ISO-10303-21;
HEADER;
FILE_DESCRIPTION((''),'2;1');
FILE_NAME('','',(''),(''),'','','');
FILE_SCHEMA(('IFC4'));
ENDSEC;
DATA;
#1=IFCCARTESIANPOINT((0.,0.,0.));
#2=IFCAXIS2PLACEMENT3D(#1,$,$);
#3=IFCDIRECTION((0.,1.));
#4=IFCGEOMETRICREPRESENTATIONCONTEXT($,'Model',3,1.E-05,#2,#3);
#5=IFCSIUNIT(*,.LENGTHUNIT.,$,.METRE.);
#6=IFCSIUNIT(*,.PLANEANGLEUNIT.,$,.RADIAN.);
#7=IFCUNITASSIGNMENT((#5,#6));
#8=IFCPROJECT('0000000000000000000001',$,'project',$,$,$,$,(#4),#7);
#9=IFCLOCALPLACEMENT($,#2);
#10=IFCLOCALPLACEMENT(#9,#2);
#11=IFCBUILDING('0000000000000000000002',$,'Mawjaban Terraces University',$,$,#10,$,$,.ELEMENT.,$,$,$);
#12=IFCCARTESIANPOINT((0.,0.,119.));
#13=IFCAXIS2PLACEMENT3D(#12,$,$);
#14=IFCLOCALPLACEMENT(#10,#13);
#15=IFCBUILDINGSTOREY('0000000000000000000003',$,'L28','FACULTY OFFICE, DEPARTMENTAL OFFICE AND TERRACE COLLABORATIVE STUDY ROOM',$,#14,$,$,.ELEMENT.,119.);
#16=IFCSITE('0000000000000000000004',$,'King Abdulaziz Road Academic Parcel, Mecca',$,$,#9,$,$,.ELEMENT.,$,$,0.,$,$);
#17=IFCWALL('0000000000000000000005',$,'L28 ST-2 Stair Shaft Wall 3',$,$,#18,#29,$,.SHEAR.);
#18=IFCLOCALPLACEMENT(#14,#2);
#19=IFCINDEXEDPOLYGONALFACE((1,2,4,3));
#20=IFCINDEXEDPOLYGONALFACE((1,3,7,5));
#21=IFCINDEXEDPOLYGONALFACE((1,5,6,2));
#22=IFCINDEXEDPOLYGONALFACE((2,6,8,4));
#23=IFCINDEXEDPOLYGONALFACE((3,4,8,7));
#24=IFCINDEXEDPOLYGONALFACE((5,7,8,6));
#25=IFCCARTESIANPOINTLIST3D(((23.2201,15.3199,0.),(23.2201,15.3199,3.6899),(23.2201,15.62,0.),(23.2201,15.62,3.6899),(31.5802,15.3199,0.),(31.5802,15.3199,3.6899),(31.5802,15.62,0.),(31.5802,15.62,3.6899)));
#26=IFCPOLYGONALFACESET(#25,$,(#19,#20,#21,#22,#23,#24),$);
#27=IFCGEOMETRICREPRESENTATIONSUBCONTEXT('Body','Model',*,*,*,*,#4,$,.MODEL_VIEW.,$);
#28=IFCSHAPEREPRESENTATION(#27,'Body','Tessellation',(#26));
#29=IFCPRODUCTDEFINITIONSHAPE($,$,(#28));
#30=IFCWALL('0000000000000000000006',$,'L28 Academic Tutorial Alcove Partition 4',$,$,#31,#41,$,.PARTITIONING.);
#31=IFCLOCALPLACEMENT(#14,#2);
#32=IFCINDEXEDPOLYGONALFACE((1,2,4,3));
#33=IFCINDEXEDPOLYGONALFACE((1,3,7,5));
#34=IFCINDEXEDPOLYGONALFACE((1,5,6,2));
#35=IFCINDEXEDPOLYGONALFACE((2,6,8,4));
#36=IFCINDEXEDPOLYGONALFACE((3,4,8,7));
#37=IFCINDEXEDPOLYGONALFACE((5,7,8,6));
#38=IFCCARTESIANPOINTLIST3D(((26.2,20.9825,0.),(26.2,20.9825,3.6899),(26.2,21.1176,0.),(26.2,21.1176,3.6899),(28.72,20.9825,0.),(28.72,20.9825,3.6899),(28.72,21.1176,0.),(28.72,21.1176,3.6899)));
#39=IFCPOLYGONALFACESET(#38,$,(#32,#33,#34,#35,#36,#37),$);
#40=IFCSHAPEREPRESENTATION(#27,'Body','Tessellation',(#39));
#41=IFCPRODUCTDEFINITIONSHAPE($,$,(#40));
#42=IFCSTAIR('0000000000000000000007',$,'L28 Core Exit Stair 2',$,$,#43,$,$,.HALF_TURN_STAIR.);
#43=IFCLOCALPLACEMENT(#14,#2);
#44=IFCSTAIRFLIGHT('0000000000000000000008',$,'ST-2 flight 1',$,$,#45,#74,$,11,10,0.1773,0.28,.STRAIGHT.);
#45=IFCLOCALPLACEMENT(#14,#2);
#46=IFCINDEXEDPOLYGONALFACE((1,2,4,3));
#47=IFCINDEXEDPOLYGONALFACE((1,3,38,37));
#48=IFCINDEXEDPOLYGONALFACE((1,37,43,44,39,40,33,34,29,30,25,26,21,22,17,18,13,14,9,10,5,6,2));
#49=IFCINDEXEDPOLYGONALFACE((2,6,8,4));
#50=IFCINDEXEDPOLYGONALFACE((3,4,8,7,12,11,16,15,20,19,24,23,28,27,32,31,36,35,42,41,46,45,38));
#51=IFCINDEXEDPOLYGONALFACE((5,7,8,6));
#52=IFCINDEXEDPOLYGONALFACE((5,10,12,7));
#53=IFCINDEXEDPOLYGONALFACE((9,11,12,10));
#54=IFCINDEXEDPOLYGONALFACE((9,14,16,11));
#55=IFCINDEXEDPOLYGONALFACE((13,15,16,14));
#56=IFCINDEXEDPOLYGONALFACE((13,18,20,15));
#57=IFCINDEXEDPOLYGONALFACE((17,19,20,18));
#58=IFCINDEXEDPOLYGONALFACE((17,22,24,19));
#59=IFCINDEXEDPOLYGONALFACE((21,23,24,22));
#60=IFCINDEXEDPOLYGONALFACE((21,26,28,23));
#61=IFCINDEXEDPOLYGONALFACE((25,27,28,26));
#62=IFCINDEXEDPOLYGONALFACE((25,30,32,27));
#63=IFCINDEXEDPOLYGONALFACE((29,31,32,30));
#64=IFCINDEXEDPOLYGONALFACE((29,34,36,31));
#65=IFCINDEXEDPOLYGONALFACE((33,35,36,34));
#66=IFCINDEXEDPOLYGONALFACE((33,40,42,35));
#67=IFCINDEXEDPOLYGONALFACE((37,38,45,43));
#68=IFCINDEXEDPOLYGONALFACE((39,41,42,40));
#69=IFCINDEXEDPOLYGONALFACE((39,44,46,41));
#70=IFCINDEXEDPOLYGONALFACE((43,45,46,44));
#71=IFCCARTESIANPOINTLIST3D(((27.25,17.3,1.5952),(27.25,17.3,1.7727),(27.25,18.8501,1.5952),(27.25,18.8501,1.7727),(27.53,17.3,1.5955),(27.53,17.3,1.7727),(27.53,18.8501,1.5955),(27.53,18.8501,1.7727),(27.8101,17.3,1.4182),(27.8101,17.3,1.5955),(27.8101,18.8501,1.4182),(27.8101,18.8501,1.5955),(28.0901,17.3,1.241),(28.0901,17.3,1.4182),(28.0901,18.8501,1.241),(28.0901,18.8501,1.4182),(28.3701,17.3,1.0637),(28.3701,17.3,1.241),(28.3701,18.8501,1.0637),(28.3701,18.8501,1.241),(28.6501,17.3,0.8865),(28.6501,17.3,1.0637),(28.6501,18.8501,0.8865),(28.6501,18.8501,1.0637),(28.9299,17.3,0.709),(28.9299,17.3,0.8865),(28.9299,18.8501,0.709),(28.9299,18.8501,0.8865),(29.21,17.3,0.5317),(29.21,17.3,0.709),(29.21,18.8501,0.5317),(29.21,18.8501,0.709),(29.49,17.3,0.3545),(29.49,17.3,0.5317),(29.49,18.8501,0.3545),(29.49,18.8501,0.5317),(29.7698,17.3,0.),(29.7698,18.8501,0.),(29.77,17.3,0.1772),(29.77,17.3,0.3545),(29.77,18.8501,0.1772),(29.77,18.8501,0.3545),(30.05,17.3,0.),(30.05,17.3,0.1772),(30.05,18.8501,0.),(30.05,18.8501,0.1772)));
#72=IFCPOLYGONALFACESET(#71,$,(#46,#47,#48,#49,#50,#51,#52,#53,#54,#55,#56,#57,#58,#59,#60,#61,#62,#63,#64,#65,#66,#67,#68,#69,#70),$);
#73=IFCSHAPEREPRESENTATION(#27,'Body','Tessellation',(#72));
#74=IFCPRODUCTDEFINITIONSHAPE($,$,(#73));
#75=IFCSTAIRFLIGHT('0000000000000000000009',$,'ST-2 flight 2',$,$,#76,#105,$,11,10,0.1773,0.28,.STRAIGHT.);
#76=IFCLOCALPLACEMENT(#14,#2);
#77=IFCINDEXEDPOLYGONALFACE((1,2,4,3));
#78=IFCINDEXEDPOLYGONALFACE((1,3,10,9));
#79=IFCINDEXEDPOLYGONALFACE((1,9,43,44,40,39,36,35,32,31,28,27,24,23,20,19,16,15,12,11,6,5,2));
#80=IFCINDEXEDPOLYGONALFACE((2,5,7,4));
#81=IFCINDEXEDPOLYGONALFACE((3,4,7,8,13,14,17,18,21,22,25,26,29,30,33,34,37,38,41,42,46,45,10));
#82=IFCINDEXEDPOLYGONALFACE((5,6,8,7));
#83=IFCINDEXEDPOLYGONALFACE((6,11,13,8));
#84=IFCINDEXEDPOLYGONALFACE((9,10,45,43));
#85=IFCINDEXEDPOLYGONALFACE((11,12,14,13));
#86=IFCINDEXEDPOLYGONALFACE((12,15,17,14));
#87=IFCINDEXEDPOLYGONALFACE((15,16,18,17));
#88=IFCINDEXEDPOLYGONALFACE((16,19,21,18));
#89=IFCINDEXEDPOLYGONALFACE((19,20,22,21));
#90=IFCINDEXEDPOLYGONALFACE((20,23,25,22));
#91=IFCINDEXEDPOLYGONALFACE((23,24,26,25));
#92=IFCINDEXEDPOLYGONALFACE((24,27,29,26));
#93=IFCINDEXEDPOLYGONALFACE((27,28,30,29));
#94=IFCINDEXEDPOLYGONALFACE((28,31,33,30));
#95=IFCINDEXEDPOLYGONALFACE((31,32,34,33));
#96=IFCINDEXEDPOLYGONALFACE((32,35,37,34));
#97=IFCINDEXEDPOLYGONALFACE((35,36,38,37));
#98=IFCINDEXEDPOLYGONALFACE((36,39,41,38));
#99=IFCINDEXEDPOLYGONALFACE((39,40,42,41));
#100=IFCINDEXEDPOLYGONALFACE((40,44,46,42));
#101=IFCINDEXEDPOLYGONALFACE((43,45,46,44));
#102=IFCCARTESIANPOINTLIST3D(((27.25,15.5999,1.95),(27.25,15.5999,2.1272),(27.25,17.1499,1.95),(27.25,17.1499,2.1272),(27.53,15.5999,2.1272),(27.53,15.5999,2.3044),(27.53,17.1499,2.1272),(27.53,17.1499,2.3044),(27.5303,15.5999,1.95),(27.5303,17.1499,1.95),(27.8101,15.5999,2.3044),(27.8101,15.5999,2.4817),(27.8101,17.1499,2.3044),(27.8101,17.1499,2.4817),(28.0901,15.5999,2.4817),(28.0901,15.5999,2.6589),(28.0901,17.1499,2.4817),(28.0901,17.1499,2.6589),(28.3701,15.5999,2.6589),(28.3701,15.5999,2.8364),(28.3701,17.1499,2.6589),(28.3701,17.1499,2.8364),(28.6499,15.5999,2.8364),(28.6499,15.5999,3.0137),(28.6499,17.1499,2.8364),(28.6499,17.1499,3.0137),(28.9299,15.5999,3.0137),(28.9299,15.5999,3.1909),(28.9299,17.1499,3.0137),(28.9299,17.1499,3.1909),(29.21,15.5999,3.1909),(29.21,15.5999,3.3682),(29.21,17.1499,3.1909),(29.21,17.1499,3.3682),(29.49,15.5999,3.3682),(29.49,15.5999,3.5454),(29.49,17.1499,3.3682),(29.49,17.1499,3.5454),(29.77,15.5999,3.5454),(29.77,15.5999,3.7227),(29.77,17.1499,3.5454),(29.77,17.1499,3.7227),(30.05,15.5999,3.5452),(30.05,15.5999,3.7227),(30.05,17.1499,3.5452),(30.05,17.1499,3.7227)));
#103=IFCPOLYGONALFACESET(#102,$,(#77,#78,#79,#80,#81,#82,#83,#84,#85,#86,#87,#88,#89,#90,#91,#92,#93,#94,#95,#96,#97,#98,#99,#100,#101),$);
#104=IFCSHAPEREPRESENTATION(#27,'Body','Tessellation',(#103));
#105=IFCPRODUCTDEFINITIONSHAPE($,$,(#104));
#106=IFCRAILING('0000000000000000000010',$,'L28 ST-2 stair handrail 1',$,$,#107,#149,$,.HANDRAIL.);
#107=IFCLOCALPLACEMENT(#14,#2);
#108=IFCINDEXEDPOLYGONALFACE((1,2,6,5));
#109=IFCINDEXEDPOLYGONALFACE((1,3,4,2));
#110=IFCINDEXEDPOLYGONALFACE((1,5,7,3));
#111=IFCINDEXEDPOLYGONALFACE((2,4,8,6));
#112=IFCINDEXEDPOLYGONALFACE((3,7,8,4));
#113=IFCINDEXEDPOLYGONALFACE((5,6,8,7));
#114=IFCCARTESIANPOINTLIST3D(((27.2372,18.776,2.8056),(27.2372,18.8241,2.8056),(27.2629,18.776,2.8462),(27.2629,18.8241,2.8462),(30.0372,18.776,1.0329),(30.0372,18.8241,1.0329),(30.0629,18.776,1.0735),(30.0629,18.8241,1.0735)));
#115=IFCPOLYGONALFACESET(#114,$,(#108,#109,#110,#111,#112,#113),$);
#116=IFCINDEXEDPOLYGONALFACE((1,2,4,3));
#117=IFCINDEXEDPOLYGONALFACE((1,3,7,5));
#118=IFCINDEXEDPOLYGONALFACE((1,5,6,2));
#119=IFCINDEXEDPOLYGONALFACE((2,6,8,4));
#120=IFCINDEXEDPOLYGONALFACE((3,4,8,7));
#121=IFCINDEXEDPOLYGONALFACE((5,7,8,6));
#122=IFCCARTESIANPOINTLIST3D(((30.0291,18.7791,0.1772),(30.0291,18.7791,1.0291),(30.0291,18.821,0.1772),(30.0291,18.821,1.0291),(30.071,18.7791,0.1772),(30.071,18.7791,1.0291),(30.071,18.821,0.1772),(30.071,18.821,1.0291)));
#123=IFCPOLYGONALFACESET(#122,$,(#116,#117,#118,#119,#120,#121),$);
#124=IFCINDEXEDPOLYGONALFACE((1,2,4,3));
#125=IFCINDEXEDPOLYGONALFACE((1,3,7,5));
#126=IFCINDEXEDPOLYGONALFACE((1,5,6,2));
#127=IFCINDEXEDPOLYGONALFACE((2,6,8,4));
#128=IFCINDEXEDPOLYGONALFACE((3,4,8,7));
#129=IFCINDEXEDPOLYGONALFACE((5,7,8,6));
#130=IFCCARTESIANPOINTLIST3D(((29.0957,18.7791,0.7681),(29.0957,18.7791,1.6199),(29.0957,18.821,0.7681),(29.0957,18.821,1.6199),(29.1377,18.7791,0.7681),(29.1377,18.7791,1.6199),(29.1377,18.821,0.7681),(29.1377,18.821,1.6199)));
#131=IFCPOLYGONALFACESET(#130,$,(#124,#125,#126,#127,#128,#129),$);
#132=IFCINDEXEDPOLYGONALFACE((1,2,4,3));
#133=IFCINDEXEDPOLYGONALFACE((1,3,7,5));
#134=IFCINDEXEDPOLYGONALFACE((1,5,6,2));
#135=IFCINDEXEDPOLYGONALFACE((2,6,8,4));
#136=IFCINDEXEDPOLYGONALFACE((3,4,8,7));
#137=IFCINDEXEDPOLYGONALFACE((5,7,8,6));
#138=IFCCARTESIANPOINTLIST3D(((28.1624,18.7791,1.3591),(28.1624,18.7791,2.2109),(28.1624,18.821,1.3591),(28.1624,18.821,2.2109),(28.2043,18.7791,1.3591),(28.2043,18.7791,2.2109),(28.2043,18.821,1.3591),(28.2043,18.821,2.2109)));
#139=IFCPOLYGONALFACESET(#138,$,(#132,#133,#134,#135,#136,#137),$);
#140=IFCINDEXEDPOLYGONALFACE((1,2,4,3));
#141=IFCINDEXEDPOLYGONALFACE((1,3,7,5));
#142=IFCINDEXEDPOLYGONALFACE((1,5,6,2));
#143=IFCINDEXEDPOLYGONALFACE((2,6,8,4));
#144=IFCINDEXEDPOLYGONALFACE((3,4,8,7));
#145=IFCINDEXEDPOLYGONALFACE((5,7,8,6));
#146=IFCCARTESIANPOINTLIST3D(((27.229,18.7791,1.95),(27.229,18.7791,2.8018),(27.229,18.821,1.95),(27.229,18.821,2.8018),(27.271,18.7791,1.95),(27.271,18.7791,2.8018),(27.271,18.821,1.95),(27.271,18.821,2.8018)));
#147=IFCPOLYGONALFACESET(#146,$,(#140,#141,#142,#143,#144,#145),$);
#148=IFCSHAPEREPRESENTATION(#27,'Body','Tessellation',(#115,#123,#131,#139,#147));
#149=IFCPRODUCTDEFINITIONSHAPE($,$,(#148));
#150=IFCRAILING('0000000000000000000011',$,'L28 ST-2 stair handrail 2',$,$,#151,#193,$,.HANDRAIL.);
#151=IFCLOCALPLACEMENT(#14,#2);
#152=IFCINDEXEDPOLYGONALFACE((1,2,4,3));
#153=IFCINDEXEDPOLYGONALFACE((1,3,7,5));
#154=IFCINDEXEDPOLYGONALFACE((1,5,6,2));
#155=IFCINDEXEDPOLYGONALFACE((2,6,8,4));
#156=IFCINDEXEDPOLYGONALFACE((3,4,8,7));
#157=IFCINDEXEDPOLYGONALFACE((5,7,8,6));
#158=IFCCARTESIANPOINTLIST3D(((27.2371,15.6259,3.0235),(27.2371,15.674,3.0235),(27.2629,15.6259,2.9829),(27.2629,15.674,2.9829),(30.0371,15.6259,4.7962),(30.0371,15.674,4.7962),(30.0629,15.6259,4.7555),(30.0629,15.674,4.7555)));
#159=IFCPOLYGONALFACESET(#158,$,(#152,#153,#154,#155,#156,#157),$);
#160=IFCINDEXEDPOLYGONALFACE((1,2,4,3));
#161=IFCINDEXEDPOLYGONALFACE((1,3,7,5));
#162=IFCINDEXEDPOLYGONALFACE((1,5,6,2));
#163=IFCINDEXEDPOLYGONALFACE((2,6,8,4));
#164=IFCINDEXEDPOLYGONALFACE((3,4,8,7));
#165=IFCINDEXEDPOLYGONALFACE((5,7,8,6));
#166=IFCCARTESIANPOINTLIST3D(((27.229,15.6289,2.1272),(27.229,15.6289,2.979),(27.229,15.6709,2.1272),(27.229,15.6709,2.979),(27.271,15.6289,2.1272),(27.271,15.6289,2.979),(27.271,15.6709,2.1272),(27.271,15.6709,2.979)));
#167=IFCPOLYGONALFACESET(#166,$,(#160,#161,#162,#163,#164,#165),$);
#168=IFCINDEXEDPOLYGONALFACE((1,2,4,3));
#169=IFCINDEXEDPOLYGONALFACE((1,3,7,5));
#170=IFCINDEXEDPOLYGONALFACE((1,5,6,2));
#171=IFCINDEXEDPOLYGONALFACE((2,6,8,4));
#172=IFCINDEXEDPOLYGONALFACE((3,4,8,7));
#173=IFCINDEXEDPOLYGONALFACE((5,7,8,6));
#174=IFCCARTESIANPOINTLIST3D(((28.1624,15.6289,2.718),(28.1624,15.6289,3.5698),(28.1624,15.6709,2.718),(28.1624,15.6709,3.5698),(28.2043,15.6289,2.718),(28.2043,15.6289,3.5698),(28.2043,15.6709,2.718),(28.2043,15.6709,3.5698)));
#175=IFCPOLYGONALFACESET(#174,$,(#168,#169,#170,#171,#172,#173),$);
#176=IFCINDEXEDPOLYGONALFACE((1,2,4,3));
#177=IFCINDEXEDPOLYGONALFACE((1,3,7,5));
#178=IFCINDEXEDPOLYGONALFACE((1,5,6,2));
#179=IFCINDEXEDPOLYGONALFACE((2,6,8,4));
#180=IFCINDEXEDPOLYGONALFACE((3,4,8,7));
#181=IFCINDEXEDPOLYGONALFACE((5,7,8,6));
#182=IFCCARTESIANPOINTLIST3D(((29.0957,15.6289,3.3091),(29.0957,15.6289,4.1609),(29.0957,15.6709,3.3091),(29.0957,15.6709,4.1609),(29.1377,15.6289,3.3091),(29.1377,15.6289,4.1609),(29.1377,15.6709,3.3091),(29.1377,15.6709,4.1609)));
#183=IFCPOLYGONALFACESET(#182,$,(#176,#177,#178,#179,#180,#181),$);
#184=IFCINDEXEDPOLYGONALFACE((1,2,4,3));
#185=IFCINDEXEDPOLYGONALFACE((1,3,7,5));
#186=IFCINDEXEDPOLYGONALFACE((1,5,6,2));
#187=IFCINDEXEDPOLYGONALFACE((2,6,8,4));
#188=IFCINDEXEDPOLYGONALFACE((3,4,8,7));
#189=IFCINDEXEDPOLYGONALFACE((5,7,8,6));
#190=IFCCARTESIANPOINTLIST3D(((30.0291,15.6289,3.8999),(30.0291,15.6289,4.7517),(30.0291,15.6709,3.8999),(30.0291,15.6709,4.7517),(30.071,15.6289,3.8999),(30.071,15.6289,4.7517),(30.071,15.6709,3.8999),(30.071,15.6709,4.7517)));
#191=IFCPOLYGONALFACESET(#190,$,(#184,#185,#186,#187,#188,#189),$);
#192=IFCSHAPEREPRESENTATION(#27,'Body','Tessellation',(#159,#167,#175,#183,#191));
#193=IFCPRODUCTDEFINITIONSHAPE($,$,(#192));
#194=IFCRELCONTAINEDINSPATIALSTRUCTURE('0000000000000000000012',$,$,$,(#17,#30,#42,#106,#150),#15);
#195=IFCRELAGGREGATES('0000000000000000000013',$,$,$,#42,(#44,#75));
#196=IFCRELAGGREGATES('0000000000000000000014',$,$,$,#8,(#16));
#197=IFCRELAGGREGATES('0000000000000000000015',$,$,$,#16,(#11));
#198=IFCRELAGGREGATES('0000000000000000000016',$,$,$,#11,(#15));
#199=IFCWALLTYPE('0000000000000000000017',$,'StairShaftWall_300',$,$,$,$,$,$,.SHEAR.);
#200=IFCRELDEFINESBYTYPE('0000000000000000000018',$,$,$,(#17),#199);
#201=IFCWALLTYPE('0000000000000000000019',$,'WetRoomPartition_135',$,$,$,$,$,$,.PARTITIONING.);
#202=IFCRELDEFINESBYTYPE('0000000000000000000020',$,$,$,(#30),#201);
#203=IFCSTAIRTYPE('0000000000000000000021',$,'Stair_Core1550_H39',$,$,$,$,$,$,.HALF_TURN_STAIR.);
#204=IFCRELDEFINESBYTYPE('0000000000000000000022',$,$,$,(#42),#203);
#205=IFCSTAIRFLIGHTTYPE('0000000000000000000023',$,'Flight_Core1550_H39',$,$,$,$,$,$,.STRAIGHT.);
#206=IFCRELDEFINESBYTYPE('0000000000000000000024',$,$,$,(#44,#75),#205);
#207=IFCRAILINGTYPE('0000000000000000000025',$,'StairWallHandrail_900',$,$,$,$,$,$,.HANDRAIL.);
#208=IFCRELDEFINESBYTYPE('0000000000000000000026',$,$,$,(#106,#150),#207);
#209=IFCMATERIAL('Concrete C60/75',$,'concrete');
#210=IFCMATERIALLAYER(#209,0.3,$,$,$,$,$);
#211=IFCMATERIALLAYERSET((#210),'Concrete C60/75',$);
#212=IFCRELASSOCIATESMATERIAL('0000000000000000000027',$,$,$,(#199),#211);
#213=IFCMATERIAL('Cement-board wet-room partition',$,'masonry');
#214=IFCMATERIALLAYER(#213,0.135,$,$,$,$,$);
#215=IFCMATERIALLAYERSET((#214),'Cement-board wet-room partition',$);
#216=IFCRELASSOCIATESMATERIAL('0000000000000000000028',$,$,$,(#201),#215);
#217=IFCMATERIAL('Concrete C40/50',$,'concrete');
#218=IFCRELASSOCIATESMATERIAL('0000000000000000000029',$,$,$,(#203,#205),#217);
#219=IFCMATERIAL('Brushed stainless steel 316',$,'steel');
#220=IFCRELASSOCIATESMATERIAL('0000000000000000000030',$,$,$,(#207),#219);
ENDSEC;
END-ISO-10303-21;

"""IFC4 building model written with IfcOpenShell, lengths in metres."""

from ifc_helpers import new_model, si_unit, direction, frame, frame_2d, origin, origin_2d, place, context, subcontext, project, spatial, polyline, rectangle, outline, extrude, material, layer, layer_set, type_object, element, aggregate, save


model = new_model("IFC4")

# Units and contexts
model_context = context("Model", 3, precision=1e-05, world=origin(), true_north=direction((0.0, 1.0)))
body_context = subcontext(model_context, "Body", "Model", "MODEL_VIEW")
ifc_project = project(units=[si_unit("LENGTHUNIT", "METRE"), si_unit("PLANEANGLEUNIT", "RADIAN")], contexts=[model_context])

# Site, building, storey
site_placement = place(None, origin())
site = spatial("IfcSite", under=ifc_project, at=site_placement, Name="King Abdulaziz Road Academic Parcel, Mecca", CompositionType="ELEMENT", RefElevation=0.0)
building_placement = place(site_placement, origin())
building = spatial("IfcBuilding", under=site, at=building_placement, Name="Mawjaban Terraces University", CompositionType="ELEMENT")
storey_placement = place(building_placement, frame((0.0, 0.0, 119.0)))
storey = spatial("IfcBuildingStorey", under=building, at=storey_placement, Name="L28", Description="FACULTY OFFICE, DEPARTMENTAL OFFICE AND TERRACE COLLABORATIVE STUDY ROOM", CompositionType="ELEMENT", Elevation=119.0)

# Shared definitions
ifc_material_1 = material(Name="Concrete C60/75", Category="concrete")

# Walls
ifc_material_2 = material(Name="Concrete C40/50", Category="concrete")
ifc_layer_1 = layer(ifc_material_1, 0.3)
ifc_layer_set_1 = layer_set([ifc_layer_1], Name="Concrete C60/75")
wall_type_1 = type_object("IfcWallType", Name="StairShaftWall_300", PredefinedType="SHEAR", material=ifc_layer_set_1)
wall_1_placement = place(storey_placement, frame((23.22, 15.47, 0.0), z_axis=(0.0, 0.0, 1.0), x_axis=(1.0, 0.0, 0.0)))
element("IfcWall", 1, at=wall_1_placement, inside=storey, type_object=wall_type_1, Name="L28 ST-2 Stair Shaft Wall 3", PredefinedType="SHEAR", context=body_context, shape_type="SweptSolid", body=[
    extrude(rectangle(XDim=8.3601, YDim=0.3, at=frame_2d((4.1802, 0.0))), origin(), (0.0, 0.0, 1.0), 3.6899),
])
ifc_material_3 = material(Name="Cement-board wet-room partition", Category="masonry")
ifc_layer_2 = layer(ifc_material_3, 0.135)
ifc_layer_set_2 = layer_set([ifc_layer_2], Name="Cement-board wet-room partition")
wall_type_2 = type_object("IfcWallType", Name="WetRoomPartition_135", PredefinedType="PARTITIONING", material=ifc_layer_set_2)
wall_2_placement = place(storey_placement, frame((26.2, 21.05, 0.0), z_axis=(0.0, 0.0, 1.0), x_axis=(1.0, 0.0, 0.0)))
element("IfcWall", 2, at=wall_2_placement, inside=storey, type_object=wall_type_2, Name="L28 Academic Tutorial Alcove Partition 4", PredefinedType="PARTITIONING", context=body_context, shape_type="SweptSolid", body=[
    extrude(rectangle(XDim=2.52, YDim=0.135, at=frame_2d((1.26, 0.0))), origin(), (0.0, 0.0, 1.0), 3.6899),
])

# Stair, stair flights
stair_type = type_object("IfcStairType", Name="Stair_Core1550_H39", PredefinedType="HALF_TURN_STAIR", material=ifc_material_2)
stair_placement = place(storey_placement, origin())
stair = element("IfcStair", 3, at=stair_placement, inside=storey, type_object=stair_type, Name="L28 Core Exit Stair 2", PredefinedType="HALF_TURN_STAIR")
stair_flight_type = type_object("IfcStairFlightType", Name="Flight_Core1550_H39", PredefinedType="STRAIGHT", material=ifc_material_2)
stair_flight_1_placement = place(storey_placement, frame((30.05, 18.075, 0.0), z_axis=(0.0, 0.0, 1.0), x_axis=(-1.0, 0.0, 0.0)))
stair_flight_1 = element("IfcStairFlight", 4, at=stair_flight_1_placement, type_object=stair_flight_type, Name="ST-2 flight 1", NumberOfRisers=11, NumberOfTreads=10, PredefinedType="STRAIGHT", RiserHeight=0.1773, TreadLength=0.28, context=body_context, shape_type="SweptSolid", body=[
    extrude(outline(polyline([(0.0, 0.0), (0.0, 0.1772), (0.28, 0.1772), (0.28, 0.3545), (0.5601, 0.3545), (0.5601, 0.5317), (0.8401, 0.5317), (0.8401, 0.709), (1.1201, 0.709), (1.1201, 0.8865), (1.3999, 0.8865), (1.3999, 1.0637), (1.6799, 1.0637), (1.6799, 1.241), (1.96, 1.241), (1.96, 1.4182), (2.24, 1.4182), (2.24, 1.5955), (2.52, 1.5955), (2.52, 1.7727), (2.8, 1.7727), (2.8, 1.95), (2.8, 1.5952), (0.2803, 0.0), (0.0, 0.0)])), frame((0.0, 0.7749, 0.0), z_axis=(0.0, -1.0, 0.0), x_axis=(1.0, 0.0, 0.0)), (0.0, 0.0, 1.0), 1.55),
])
stair_flight_2_placement = place(storey_placement, frame((27.25, 16.375, 1.95), z_axis=(0.0, 0.0, 1.0), x_axis=(1.0, 0.0, 0.0)))
stair_flight_2 = element("IfcStairFlight", 5, at=stair_flight_2_placement, type_object=stair_flight_type, Name="ST-2 flight 2", NumberOfRisers=11, NumberOfTreads=10, PredefinedType="STRAIGHT", RiserHeight=0.1773, TreadLength=0.28, context=body_context, shape_type="SweptSolid", body=[
    extrude(outline(polyline([(0.0, 0.0), (0.0, 0.1772), (0.28, 0.1772), (0.28, 0.3545), (0.5601, 0.3545), (0.5601, 0.5317), (0.8401, 0.5317), (0.8401, 0.709), (1.1201, 0.709), (1.1201, 0.8865), (1.3999, 0.8865), (1.3999, 1.0637), (1.6799, 1.0637), (1.6799, 1.241), (1.96, 1.241), (1.96, 1.4182), (2.24, 1.4182), (2.24, 1.5955), (2.52, 1.5955), (2.52, 1.7727), (2.8, 1.7727), (2.8, 1.95), (2.8, 1.5952), (0.2803, 0.0), (0.0, 0.0)])), frame((0.0, 0.7749, 0.0), z_axis=(0.0, -1.0, 0.0), x_axis=(1.0, 0.0, 0.0)), (0.0, 0.0, 1.0), 1.55),
])
aggregate(stair, [stair_flight_1, stair_flight_2])

# Railings
ifc_material_4 = material(Name="Brushed stainless steel 316", Category="steel")
railing_type_1 = type_object("IfcRailingType", Name="StairWallHandrail_900", PredefinedType="HANDRAIL", material=ifc_material_4)
railing_1_placement = place(storey_placement, frame((30.05, 18.8, 0.1772)))
element("IfcRailing", 6, at=railing_1_placement, inside=storey, type_object=railing_type_1, Name="L28 ST-2 stair handrail 1", PredefinedType="HANDRAIL", context=body_context, shape_type="SweptSolid", body=[
    extrude(rectangle(XDim=0.0481, YDim=0.0481, at=origin_2d()), frame((0.0, 0.0, 0.876), z_axis=(-0.844909, 0.0, 0.53491), x_axis=(0.0, -1.0, 0.0)), (0.0, 0.0, 1.0), 3.314),
    extrude(rectangle(XDim=0.042, YDim=0.042, at=origin_2d()), origin(), (0.0, 0.0, 1.0), 0.8518),
    extrude(rectangle(XDim=0.042, YDim=0.042, at=origin_2d()), frame((-0.9333, 0.0, 0.5908)), (0.0, 0.0, 1.0), 0.8518),
    extrude(rectangle(XDim=0.042, YDim=0.042, at=origin_2d()), frame((-1.8667, 0.0, 1.1819)), (0.0, 0.0, 1.0), 0.8518),
    extrude(rectangle(XDim=0.042, YDim=0.042, at=origin_2d()), frame((-2.8, 0.0, 1.7727)), (0.0, 0.0, 1.0), 0.8518),
])
railing_2_placement = place(storey_placement, frame((27.25, 15.6499, 2.1272)))
element("IfcRailing", 7, at=railing_2_placement, inside=storey, type_object=railing_type_1, Name="L28 ST-2 stair handrail 2", PredefinedType="HANDRAIL", context=body_context, shape_type="SweptSolid", body=[
    extrude(rectangle(XDim=0.0481, YDim=0.0481, at=origin_2d()), frame((0.0, 0.0, 0.876), z_axis=(0.844909, 0.0, 0.53491), x_axis=(0.0, 1.0, 0.0)), (0.0, 0.0, 1.0), 3.314),
    extrude(rectangle(XDim=0.042, YDim=0.042, at=origin_2d()), origin(), (0.0, 0.0, 1.0), 0.8518),
    extrude(rectangle(XDim=0.042, YDim=0.042, at=origin_2d()), frame((0.9333, 0.0, 0.5908)), (0.0, 0.0, 1.0), 0.8518),
    extrude(rectangle(XDim=0.042, YDim=0.042, at=origin_2d()), frame((1.8667, 0.0, 1.1819)), (0.0, 0.0, 1.0), 0.8518),
    extrude(rectangle(XDim=0.042, YDim=0.042, at=origin_2d()), frame((2.8, 0.0, 1.7727)), (0.0, 0.0, 1.0), 0.8518),
])

save(model, "model.ifc")
